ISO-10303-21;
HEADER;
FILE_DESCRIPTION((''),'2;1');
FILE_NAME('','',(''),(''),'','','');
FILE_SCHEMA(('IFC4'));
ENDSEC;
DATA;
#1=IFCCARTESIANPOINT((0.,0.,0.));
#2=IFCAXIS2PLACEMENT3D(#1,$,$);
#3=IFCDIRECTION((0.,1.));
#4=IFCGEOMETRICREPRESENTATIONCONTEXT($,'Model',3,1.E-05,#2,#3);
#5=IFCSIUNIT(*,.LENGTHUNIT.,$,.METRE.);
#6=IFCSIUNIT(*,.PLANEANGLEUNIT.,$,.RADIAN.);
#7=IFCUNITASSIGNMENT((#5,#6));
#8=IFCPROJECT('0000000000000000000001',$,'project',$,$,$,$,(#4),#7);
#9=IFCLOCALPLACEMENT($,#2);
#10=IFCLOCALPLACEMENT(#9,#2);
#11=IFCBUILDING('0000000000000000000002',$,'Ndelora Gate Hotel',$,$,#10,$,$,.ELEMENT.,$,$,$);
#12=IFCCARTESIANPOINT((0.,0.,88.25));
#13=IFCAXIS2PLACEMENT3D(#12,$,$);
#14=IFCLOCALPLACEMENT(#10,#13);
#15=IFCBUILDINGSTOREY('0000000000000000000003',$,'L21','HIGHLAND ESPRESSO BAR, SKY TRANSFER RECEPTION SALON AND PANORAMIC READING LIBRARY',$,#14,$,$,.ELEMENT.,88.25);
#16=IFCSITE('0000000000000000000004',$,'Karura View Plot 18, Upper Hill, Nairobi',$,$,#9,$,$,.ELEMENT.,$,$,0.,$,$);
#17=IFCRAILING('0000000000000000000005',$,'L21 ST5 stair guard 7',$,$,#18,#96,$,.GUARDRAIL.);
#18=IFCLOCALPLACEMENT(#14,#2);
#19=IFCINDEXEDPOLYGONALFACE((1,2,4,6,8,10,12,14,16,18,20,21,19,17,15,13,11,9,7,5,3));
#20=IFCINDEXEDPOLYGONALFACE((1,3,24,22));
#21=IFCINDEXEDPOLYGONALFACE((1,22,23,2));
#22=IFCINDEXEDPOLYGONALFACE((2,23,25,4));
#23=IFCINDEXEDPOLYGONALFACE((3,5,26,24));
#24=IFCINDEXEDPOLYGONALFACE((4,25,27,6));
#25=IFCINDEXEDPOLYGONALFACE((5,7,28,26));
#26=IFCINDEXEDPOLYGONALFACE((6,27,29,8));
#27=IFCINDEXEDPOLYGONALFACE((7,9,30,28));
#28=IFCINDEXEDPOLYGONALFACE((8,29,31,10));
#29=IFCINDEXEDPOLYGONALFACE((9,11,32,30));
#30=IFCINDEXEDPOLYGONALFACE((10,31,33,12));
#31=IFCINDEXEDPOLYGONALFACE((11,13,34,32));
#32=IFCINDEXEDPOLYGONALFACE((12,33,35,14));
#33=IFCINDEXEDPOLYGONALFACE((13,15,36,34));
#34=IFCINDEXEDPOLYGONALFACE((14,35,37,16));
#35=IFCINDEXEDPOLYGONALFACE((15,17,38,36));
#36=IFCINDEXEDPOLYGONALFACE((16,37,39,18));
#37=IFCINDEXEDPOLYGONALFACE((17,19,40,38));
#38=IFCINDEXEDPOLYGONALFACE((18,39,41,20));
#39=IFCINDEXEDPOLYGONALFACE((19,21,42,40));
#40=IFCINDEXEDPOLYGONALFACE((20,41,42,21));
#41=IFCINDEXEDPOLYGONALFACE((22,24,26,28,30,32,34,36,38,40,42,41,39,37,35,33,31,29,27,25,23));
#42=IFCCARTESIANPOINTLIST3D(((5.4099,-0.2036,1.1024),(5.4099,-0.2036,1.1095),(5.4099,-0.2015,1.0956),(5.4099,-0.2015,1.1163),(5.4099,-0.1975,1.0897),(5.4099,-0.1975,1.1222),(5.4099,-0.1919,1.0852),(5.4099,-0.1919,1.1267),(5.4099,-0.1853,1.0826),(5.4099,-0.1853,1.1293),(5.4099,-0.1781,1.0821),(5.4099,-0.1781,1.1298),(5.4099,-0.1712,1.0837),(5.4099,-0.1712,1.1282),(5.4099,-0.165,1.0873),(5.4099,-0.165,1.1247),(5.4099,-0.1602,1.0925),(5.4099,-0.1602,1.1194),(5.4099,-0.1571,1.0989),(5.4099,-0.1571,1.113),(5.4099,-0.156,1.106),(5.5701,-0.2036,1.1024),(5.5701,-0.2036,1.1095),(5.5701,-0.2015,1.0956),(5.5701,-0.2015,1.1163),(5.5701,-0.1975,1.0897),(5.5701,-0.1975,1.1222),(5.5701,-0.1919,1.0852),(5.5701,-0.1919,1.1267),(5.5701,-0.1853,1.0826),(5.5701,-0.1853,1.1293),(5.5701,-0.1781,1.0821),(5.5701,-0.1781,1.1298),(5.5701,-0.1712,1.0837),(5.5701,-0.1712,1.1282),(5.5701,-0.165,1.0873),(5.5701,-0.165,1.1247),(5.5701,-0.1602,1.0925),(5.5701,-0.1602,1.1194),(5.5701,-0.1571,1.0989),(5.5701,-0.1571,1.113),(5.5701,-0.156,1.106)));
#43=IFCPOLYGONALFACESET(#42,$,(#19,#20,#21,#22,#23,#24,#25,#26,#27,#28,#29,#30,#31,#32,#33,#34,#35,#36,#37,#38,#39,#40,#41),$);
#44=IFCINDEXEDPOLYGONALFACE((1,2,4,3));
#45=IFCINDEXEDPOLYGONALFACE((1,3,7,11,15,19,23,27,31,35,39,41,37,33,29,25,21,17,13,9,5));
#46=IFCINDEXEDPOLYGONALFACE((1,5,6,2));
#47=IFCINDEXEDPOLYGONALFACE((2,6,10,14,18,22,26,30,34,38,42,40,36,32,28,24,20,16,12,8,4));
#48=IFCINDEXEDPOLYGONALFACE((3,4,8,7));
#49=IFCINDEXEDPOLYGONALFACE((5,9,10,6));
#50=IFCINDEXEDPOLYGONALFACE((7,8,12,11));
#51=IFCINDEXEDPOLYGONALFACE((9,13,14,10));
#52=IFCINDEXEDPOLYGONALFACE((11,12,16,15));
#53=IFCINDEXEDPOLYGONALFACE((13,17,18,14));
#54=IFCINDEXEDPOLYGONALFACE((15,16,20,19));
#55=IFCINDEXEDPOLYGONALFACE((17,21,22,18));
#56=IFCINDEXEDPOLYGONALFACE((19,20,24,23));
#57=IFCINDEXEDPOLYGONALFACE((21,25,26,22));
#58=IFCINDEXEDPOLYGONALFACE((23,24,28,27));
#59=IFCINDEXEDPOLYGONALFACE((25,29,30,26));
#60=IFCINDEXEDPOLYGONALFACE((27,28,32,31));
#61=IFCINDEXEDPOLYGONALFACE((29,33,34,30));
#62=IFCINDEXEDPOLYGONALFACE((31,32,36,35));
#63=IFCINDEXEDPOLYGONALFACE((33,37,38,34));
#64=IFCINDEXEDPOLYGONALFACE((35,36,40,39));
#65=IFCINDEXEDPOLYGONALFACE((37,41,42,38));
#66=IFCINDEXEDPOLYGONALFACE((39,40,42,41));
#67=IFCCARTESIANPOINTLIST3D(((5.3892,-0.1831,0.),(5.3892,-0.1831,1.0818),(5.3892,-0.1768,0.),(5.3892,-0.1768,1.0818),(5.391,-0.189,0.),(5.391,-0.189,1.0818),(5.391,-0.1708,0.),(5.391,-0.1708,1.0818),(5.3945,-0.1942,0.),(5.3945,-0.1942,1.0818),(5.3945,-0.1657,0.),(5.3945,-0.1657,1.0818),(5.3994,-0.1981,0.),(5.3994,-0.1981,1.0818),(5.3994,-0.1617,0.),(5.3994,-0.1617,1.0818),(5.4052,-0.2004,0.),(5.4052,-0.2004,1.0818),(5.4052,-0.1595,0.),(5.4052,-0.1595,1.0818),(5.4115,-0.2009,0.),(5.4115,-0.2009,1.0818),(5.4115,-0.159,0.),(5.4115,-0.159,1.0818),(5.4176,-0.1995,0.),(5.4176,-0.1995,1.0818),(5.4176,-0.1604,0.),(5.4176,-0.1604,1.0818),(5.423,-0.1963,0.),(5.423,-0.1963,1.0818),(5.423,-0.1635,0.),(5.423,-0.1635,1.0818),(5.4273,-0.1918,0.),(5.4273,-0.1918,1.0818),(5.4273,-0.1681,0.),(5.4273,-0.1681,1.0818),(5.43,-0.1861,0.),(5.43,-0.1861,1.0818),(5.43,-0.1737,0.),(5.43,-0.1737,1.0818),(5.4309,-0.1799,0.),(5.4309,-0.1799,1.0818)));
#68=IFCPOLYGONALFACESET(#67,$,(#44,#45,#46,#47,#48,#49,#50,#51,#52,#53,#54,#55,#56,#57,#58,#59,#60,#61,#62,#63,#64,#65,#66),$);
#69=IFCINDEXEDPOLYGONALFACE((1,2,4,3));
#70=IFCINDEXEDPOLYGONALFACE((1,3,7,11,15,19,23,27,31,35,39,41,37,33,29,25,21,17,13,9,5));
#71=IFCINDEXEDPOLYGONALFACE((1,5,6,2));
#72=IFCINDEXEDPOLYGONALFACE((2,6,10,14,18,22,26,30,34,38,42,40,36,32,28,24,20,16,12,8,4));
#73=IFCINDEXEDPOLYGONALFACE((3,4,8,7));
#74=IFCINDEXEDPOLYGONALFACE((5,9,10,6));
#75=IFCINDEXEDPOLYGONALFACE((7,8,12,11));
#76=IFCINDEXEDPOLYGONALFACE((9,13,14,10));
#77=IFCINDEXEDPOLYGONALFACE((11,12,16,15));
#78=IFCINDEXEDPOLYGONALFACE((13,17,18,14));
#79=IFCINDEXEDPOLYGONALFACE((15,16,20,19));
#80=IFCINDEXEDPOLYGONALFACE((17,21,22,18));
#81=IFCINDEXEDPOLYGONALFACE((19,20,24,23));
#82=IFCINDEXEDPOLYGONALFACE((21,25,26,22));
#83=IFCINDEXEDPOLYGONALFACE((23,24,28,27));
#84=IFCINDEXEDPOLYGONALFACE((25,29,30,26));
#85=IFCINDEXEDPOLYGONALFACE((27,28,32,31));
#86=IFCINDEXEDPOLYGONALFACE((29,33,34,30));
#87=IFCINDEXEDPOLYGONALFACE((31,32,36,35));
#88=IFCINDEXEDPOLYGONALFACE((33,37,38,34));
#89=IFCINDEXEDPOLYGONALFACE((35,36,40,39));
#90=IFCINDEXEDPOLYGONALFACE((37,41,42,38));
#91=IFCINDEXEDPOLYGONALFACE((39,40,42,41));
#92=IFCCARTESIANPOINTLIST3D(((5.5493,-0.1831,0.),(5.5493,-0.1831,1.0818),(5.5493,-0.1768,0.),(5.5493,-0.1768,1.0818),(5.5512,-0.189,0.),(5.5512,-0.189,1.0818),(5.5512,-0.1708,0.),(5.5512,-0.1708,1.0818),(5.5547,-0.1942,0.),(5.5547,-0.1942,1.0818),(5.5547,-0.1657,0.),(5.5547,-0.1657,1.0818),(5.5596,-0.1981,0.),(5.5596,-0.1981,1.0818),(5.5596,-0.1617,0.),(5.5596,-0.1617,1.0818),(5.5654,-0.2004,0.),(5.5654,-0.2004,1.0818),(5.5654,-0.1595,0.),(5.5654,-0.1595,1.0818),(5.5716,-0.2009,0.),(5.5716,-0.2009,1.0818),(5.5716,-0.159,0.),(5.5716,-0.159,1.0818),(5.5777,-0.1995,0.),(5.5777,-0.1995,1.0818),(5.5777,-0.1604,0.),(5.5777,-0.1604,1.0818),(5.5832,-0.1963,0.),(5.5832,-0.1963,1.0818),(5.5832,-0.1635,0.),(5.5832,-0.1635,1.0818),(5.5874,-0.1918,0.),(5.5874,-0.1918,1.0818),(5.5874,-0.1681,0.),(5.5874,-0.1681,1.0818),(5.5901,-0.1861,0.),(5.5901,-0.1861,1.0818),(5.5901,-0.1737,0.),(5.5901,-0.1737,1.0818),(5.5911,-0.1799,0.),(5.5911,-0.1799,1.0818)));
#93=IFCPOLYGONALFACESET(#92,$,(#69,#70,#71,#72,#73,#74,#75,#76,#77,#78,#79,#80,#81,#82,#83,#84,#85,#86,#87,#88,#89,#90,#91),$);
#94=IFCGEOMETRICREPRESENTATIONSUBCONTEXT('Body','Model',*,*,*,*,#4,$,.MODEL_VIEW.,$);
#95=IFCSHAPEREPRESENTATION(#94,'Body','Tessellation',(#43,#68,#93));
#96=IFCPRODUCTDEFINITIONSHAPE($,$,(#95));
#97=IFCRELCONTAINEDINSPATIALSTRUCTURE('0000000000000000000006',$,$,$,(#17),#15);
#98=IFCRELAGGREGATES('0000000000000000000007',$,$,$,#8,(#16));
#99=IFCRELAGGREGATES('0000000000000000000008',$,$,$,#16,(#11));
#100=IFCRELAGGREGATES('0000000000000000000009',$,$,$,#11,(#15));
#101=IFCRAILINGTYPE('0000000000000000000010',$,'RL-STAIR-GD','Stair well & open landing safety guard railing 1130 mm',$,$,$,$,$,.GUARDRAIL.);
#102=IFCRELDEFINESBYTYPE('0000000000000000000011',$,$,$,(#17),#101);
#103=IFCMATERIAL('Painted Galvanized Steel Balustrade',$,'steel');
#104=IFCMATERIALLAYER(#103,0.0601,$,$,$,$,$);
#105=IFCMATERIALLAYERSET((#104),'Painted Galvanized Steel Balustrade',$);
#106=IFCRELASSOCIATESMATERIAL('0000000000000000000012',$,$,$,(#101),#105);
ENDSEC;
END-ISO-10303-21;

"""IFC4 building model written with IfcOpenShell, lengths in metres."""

from ifc_helpers import new_model, si_unit, direction, frame, origin, origin_2d, place, context, subcontext, project, spatial, circle, extrude, material, layer, layer_set, type_object, element, save


model = new_model("IFC4")

# Units and contexts
model_context = context("Model", 3, precision=1e-05, world=origin(), true_north=direction((0.0, 1.0)))
body_context = subcontext(model_context, "Body", "Model", "MODEL_VIEW")
ifc_project = project(units=[si_unit("LENGTHUNIT", "METRE"), si_unit("PLANEANGLEUNIT", "RADIAN")], contexts=[model_context])

# Site, building, storey
site_placement = place(None, origin())
site = spatial("IfcSite", under=ifc_project, at=site_placement, Name="Karura View Plot 18, Upper Hill, Nairobi", CompositionType="ELEMENT", RefElevation=0.0)
building_placement = place(site_placement, origin())
building = spatial("IfcBuilding", under=site, at=building_placement, Name="Ndelora Gate Hotel", CompositionType="ELEMENT")
storey_placement = place(building_placement, frame((0.0, 0.0, 88.25)))
storey = spatial("IfcBuildingStorey", under=building, at=storey_placement, Name="L21", Description="HIGHLAND ESPRESSO BAR, SKY TRANSFER RECEPTION SALON AND PANORAMIC READING LIBRARY", CompositionType="ELEMENT", Elevation=88.25)

# Railing
ifc_material_1 = material(Name="Painted Galvanized Steel Balustrade", Category="steel")
ifc_layer_1 = layer(ifc_material_1, 0.0601)
ifc_layer_set_1 = layer_set([ifc_layer_1], Name="Painted Galvanized Steel Balustrade")
railing_type_1 = type_object("IfcRailingType", Name="RL-STAIR-GD", Description="Stair well & open landing safety guard railing 1130 mm", PredefinedType="GUARDRAIL", material=ifc_layer_set_1)
railing_1_placement = place(storey_placement, frame((5.4099, -0.1799, 0.0)))
element("IfcRailing", 1, at=railing_1_placement, inside=storey, type_object=railing_type_1, Name="L21 ST5 stair guard 7", PredefinedType="GUARDRAIL", context=body_context, shape_type="SweptSolid", body=[
    extrude(circle(Radius=0.0239, at=origin_2d()), frame((0.0, 0.0, 1.106), z_axis=(1.0, 0.0, 0.0), x_axis=(0.0, 1.0, 0.0)), (0.0, 0.0, 1.0), 0.1602),
    extrude(circle(Radius=0.021, at=origin_2d()), origin(), (0.0, 0.0, 1.0), 1.0818),
    extrude(circle(Radius=0.021, at=origin_2d()), frame((0.1602, 0.0, 0.0)), (0.0, 0.0, 1.0), 1.0818),
])

save(model, "model.ifc")
